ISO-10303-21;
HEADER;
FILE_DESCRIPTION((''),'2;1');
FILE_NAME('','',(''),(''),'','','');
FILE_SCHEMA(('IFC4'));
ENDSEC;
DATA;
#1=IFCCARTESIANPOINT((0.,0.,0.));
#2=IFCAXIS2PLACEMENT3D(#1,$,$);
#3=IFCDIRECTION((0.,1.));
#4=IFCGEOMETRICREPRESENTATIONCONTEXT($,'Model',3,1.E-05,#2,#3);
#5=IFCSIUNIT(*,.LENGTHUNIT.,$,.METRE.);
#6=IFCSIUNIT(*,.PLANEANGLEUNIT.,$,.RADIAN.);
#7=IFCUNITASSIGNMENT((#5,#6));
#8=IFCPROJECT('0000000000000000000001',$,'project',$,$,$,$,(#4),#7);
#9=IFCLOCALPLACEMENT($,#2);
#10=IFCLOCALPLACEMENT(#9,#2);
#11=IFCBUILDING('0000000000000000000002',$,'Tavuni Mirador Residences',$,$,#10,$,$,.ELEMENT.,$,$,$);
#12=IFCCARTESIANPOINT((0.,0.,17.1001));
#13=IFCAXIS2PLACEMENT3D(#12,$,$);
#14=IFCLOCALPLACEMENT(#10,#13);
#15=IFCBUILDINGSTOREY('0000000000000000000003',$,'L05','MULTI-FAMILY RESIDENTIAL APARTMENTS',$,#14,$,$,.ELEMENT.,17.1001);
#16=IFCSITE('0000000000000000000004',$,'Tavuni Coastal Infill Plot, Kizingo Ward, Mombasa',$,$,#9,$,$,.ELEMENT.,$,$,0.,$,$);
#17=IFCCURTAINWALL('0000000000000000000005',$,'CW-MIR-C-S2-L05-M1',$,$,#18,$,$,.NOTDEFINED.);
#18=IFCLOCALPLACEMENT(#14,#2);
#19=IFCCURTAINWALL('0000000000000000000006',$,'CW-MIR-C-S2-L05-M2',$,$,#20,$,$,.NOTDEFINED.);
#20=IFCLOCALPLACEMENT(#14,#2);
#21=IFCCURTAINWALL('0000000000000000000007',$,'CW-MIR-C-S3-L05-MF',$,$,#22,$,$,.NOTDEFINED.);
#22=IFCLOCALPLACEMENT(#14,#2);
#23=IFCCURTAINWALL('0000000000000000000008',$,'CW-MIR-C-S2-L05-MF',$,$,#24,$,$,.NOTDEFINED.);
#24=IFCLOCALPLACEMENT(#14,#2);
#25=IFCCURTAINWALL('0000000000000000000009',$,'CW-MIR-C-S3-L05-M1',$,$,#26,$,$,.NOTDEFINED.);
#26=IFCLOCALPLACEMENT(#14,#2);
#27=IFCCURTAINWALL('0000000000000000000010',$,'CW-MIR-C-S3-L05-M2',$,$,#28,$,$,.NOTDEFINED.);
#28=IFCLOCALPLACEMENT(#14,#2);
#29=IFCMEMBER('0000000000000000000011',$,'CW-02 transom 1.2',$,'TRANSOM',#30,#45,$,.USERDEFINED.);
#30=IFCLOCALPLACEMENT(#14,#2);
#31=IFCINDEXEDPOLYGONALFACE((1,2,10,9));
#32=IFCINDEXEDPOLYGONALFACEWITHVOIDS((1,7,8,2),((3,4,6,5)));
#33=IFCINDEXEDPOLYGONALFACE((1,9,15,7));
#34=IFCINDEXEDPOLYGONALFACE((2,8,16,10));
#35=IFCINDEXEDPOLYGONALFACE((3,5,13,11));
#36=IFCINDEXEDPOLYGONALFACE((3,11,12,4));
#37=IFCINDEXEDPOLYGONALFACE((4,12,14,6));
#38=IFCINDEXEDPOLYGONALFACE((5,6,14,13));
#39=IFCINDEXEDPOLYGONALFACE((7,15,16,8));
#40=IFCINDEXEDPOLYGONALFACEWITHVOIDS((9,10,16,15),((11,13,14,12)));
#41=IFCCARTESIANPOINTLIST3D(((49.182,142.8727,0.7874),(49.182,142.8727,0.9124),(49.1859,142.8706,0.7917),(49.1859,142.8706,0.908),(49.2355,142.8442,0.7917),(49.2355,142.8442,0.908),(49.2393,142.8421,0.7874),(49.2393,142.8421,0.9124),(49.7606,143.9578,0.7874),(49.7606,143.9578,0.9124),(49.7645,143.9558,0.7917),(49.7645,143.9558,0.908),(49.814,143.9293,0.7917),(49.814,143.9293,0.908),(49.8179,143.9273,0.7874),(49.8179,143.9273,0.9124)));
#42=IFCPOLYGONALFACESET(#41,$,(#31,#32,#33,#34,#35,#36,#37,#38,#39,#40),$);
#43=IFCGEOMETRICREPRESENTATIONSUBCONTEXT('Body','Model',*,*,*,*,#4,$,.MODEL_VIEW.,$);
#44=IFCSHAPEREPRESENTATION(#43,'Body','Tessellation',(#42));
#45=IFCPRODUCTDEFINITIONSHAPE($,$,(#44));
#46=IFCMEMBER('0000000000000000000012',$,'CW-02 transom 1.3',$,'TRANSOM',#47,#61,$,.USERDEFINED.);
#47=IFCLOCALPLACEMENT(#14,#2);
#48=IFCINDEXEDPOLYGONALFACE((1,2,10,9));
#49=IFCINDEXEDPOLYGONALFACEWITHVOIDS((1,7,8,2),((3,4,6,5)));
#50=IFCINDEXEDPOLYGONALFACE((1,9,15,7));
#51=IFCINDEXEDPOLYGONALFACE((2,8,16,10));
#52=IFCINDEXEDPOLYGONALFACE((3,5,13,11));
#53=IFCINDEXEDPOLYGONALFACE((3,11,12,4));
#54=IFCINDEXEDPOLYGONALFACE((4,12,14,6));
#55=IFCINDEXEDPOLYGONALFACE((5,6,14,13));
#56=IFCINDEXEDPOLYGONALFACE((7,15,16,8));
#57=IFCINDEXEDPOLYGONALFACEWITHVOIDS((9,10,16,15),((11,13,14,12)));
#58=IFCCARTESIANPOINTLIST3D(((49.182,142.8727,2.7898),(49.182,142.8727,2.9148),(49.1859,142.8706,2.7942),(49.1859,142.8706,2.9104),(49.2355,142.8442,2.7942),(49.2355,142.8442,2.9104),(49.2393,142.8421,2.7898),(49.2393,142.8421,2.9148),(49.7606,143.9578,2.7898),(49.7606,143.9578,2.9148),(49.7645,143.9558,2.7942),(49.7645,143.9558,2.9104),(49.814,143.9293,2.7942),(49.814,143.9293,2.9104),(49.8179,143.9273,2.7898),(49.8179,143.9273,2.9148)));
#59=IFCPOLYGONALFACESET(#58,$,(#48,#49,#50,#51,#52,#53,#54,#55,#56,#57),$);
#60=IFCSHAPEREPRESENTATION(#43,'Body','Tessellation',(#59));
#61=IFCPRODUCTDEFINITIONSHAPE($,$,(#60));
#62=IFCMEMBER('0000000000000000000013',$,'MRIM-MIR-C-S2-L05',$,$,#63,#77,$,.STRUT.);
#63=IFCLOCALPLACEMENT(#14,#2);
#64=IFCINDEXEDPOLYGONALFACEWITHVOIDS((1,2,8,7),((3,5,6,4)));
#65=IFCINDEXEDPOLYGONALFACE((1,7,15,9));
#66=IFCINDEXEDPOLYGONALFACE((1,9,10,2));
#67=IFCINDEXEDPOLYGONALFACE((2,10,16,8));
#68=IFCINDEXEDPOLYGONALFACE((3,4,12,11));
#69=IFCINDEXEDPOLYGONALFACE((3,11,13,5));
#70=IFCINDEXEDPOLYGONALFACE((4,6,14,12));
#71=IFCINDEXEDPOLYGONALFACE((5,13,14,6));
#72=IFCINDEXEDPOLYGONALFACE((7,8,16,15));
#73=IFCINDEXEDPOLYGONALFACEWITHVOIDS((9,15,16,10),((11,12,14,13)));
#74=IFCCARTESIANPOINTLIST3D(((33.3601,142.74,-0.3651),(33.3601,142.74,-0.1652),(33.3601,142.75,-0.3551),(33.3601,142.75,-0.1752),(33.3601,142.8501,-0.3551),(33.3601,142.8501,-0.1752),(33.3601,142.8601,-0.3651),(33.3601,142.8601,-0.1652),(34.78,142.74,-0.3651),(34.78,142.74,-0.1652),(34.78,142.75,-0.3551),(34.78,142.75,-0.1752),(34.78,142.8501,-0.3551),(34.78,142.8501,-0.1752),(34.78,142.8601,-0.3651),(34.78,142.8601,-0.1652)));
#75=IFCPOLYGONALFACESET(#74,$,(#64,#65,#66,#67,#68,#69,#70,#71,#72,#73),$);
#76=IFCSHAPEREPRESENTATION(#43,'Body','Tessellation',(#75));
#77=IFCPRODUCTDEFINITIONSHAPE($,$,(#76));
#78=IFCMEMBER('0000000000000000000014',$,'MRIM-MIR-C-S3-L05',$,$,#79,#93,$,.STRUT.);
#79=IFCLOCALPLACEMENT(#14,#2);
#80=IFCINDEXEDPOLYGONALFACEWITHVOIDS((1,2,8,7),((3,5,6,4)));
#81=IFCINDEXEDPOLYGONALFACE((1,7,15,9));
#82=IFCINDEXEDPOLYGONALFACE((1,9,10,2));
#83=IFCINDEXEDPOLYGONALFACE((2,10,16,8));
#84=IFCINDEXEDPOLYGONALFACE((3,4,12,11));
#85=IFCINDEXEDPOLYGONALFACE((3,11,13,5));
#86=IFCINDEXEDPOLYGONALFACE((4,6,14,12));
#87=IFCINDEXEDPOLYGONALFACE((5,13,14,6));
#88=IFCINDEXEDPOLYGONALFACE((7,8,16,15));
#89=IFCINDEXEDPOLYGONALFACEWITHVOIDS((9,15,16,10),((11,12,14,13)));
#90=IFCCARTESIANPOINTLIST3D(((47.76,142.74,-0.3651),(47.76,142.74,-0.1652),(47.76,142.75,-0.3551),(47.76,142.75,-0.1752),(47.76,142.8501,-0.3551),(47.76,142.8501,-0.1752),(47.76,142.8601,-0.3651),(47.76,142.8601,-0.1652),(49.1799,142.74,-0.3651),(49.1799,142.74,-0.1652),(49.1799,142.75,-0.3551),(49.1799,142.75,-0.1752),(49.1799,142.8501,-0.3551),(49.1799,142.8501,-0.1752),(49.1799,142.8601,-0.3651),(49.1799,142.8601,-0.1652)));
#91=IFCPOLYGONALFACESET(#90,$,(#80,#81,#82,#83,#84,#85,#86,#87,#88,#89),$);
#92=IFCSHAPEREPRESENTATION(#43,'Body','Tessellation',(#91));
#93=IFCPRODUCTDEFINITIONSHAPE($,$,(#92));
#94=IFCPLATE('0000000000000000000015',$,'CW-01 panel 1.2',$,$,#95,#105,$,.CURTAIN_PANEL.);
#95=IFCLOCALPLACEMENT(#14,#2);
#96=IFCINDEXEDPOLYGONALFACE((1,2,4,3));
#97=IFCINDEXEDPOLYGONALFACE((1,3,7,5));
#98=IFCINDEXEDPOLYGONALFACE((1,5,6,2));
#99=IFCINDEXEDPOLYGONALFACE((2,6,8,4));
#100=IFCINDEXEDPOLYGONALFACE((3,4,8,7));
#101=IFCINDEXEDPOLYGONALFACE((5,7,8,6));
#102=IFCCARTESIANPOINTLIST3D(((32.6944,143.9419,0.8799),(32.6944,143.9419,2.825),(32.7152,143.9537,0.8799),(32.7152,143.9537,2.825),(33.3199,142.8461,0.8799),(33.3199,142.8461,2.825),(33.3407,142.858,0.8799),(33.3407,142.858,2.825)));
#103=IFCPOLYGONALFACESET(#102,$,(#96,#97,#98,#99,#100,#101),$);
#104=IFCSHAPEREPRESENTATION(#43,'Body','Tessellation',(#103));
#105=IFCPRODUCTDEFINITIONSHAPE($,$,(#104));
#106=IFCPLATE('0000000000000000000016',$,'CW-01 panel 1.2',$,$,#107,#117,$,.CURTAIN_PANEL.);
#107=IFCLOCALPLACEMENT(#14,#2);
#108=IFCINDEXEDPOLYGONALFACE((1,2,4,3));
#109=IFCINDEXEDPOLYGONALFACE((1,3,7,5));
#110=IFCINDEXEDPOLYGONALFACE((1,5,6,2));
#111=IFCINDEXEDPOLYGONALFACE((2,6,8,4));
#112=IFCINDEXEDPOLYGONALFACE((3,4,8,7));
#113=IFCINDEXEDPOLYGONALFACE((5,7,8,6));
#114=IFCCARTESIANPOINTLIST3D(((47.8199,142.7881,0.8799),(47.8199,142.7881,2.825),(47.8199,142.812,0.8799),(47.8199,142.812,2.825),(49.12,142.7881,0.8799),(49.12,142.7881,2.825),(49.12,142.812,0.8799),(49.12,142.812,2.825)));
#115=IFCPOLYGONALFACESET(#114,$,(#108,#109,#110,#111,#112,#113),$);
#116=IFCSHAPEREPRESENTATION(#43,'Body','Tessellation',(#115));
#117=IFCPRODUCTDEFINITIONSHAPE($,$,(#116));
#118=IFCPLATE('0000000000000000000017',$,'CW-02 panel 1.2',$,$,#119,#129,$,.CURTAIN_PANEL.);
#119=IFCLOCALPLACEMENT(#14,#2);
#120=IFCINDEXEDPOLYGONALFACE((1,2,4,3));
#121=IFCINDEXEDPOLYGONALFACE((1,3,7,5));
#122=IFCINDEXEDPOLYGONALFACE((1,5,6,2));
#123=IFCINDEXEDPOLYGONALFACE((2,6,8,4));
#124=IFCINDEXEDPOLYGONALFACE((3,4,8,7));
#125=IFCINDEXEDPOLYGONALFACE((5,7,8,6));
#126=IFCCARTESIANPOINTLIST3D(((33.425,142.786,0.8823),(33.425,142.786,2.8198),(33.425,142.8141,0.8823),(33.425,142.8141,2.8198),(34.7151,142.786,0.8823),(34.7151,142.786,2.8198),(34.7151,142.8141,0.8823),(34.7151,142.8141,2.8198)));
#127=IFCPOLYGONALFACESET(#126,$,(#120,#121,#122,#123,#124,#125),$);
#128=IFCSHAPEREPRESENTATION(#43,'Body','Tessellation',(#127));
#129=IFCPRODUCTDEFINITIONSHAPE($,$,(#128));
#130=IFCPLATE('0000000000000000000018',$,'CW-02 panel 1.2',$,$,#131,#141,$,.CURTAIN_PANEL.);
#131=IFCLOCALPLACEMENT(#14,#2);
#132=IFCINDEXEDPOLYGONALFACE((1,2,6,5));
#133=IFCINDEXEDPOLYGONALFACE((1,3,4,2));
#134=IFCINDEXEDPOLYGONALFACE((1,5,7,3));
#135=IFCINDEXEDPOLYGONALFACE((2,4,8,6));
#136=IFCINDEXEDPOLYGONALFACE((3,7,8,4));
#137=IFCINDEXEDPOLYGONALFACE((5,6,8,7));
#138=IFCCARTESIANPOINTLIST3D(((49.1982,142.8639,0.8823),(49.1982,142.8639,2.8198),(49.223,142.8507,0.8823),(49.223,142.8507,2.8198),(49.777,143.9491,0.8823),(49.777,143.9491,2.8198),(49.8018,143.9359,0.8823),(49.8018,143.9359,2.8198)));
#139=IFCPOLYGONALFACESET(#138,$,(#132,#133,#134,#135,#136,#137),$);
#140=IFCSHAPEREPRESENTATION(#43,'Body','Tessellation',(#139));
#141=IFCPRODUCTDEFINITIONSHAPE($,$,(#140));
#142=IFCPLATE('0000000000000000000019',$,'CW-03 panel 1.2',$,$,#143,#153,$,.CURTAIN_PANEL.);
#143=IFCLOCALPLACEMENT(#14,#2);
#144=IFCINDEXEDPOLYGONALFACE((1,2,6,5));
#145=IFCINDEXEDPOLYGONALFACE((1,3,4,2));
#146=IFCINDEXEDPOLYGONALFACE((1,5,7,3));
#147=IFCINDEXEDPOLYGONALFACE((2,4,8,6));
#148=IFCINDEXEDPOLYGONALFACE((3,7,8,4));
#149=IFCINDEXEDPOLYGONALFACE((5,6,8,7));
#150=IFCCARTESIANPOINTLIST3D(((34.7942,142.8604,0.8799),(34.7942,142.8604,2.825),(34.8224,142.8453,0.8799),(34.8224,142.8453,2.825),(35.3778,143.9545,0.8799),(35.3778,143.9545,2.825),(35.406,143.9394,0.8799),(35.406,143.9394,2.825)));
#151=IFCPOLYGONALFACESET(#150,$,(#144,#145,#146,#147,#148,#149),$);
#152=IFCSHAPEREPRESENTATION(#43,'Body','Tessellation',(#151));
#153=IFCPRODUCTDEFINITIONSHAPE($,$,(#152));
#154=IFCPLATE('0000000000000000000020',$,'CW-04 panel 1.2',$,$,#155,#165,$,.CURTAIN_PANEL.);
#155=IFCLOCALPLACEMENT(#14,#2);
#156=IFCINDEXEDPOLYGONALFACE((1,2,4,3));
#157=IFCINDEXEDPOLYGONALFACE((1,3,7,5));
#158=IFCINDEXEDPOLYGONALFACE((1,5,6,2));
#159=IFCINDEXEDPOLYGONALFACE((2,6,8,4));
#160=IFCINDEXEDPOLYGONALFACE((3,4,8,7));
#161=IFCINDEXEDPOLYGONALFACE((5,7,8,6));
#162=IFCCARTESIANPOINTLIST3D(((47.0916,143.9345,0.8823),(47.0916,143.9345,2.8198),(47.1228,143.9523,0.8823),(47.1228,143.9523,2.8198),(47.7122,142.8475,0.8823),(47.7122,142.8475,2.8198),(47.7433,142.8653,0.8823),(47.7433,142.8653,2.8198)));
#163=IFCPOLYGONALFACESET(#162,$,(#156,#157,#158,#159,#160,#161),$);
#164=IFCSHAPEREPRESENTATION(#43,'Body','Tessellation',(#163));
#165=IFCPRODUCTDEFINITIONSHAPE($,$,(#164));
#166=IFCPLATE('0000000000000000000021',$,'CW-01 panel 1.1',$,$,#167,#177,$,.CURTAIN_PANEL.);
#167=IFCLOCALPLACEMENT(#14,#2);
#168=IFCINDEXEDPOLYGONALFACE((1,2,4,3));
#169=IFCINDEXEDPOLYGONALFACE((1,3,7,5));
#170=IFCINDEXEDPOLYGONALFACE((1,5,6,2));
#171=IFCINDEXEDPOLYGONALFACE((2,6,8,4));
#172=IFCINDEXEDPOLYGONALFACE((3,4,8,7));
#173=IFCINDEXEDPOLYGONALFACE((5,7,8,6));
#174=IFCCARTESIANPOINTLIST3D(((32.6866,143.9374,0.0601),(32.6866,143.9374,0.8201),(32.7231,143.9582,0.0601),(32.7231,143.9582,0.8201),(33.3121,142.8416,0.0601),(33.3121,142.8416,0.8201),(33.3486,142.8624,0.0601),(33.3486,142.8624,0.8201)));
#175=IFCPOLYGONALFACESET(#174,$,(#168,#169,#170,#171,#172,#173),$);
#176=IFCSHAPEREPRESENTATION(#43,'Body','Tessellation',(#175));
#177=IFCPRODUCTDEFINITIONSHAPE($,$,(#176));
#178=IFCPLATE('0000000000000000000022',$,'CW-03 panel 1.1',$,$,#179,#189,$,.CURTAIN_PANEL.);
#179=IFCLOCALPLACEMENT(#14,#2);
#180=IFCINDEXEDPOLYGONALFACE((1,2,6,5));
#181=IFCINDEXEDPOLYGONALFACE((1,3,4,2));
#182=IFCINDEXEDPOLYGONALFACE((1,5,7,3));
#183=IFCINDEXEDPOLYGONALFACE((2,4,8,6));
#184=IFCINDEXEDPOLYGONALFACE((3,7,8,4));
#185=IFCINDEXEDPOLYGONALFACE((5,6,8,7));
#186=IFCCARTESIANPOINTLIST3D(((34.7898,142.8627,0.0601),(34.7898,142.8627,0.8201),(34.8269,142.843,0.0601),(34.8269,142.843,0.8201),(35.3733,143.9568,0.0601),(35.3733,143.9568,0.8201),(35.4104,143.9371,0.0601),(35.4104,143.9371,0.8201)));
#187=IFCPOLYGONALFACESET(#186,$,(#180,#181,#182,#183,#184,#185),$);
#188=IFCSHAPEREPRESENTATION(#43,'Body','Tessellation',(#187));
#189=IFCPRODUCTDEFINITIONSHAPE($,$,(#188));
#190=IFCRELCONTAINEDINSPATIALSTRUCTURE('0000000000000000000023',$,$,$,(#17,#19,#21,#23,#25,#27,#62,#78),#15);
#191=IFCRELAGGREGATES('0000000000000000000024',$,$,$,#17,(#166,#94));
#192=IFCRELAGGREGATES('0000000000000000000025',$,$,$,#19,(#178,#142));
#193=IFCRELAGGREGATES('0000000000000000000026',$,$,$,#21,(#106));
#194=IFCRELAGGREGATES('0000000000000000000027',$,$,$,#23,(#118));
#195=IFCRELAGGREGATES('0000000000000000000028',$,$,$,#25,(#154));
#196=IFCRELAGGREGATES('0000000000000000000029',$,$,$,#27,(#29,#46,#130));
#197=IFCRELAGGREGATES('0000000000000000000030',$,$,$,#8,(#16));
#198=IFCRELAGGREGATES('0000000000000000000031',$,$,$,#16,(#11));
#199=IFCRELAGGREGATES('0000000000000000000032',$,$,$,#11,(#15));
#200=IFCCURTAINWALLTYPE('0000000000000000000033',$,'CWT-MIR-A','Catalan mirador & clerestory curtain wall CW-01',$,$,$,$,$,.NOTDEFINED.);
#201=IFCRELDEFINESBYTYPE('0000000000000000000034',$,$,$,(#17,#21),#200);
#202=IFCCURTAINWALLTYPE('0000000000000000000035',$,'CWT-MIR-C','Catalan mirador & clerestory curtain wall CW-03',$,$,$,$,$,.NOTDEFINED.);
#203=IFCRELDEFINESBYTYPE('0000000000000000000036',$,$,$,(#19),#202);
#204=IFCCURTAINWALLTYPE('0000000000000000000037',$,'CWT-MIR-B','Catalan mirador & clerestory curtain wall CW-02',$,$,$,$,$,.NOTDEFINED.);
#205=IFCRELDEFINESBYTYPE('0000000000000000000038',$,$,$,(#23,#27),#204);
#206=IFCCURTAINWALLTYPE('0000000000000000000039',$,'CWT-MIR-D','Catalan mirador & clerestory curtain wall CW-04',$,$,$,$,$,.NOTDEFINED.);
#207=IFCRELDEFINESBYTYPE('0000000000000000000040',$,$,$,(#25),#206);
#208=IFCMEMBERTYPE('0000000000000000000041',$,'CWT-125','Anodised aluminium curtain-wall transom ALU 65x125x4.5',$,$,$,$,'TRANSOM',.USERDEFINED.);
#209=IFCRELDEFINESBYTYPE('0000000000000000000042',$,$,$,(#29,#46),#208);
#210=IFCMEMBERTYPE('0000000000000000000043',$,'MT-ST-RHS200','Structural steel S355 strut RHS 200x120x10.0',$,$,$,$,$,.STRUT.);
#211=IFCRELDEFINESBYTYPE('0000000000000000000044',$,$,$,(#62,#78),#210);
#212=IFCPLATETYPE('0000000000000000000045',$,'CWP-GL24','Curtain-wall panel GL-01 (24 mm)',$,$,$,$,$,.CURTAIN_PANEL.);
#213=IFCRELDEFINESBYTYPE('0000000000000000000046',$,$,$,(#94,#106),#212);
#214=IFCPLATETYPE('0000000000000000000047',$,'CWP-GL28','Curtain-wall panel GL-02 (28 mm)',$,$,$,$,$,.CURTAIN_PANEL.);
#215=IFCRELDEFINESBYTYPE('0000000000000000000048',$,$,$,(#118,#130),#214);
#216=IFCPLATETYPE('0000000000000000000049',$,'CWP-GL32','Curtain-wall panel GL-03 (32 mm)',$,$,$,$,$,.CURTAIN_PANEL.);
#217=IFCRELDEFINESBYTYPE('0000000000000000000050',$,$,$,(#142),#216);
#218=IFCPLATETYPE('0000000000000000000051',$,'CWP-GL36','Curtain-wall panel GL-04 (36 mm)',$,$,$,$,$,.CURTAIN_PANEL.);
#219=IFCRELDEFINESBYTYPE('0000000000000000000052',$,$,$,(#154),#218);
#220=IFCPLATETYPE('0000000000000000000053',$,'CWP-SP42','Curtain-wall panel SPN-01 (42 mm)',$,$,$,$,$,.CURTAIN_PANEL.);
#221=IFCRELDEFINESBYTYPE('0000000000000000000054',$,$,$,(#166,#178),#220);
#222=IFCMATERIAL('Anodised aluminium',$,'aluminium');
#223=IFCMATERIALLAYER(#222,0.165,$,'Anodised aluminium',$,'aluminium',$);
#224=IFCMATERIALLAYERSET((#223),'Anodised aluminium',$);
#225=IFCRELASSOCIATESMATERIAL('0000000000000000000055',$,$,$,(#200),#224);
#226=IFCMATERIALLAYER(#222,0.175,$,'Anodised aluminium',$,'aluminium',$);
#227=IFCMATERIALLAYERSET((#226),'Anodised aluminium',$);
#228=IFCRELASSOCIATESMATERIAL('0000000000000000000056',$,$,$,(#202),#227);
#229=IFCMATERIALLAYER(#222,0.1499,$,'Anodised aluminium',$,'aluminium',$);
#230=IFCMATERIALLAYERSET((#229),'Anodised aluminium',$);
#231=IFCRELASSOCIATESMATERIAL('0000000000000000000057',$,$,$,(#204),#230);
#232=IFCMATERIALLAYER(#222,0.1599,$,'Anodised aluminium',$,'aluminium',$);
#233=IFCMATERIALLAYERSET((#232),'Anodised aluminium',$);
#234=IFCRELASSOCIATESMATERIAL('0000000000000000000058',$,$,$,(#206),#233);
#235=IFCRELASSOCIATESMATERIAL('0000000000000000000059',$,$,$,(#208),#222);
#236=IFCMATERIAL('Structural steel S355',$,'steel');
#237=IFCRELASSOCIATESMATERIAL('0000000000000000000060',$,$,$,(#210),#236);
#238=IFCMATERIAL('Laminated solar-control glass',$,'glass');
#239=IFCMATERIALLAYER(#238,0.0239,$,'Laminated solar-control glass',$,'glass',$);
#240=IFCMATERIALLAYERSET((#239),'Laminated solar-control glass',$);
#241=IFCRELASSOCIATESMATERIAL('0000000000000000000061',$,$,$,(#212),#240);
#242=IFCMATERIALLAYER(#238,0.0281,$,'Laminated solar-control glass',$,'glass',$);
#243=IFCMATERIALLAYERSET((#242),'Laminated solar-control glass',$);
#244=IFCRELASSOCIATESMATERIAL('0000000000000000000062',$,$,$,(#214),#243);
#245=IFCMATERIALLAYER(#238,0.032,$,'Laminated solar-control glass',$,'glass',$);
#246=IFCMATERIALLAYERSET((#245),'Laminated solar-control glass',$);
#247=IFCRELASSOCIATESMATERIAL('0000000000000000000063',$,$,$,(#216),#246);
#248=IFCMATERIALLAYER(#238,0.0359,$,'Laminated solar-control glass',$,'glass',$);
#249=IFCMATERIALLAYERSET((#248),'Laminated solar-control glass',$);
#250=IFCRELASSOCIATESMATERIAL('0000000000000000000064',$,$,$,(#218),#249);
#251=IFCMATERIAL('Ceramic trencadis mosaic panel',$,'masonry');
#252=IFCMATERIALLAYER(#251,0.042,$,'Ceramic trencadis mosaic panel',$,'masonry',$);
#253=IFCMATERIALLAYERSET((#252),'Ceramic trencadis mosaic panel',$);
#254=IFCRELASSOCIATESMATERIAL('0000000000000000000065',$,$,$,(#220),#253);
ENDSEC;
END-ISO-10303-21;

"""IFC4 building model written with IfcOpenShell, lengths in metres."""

from ifc_helpers import new_model, si_unit, direction, frame, origin, origin_2d, place, context, subcontext, project, spatial, rectangle, hollow_rectangle, extrude, material, layer, layer_set, material_profile, profile_set, type_object, element, aggregate, save


model = new_model("IFC4")

# Units and contexts
model_context = context("Model", 3, precision=1e-05, world=origin(), true_north=direction((0.0, 1.0)))
body_context = subcontext(model_context, "Body", "Model", "MODEL_VIEW")
ifc_project = project(units=[si_unit("LENGTHUNIT", "METRE"), si_unit("PLANEANGLEUNIT", "RADIAN")], contexts=[model_context])

# Site, building, storey
site_placement = place(None, origin())
site = spatial("IfcSite", under=ifc_project, at=site_placement, Name="Tavuni Coastal Infill Plot, Kizingo Ward, Mombasa", CompositionType="ELEMENT", RefElevation=0.0)
building_placement = place(site_placement, origin())
building = spatial("IfcBuilding", under=site, at=building_placement, Name="Tavuni Mirador Residences", CompositionType="ELEMENT")
storey_placement = place(building_placement, frame((0.0, 0.0, 17.1001)))
storey = spatial("IfcBuildingStorey", under=building, at=storey_placement, Name="L05", Description="MULTI-FAMILY RESIDENTIAL APARTMENTS", CompositionType="ELEMENT", Elevation=17.1001)

# Curtain walls
ifc_material_1 = material(Name="Anodised aluminium", Category="aluminium")
ifc_layer_1 = layer(ifc_material_1, 0.165, Name="Anodised aluminium", Category="aluminium")
ifc_layer_set_1 = layer_set([ifc_layer_1], Name="Anodised aluminium")
curtain_wall_type_1 = type_object("IfcCurtainWallType", Name="CWT-MIR-A", Description="Catalan mirador & clerestory curtain wall CW-01", PredefinedType="NOTDEFINED", material=ifc_layer_set_1)
curtain_wall_1_placement = place(storey_placement, origin())
curtain_wall_1 = element("IfcCurtainWall", 1, at=curtain_wall_1_placement, inside=storey, type_object=curtain_wall_type_1, Name="CW-MIR-C-S2-L05-M1", PredefinedType="NOTDEFINED")
ifc_layer_2 = layer(ifc_material_1, 0.175, Name="Anodised aluminium", Category="aluminium")
ifc_layer_set_2 = layer_set([ifc_layer_2], Name="Anodised aluminium")
curtain_wall_type_2 = type_object("IfcCurtainWallType", Name="CWT-MIR-C", Description="Catalan mirador & clerestory curtain wall CW-03", PredefinedType="NOTDEFINED", material=ifc_layer_set_2)
curtain_wall_2_placement = place(storey_placement, origin())
curtain_wall_2 = element("IfcCurtainWall", 2, at=curtain_wall_2_placement, inside=storey, type_object=curtain_wall_type_2, Name="CW-MIR-C-S2-L05-M2", PredefinedType="NOTDEFINED")

# Curtain walls
curtain_wall_3_placement = place(storey_placement, origin())
curtain_wall_3 = element("IfcCurtainWall", 3, at=curtain_wall_3_placement, inside=storey, type_object=curtain_wall_type_1, Name="CW-MIR-C-S3-L05-MF", PredefinedType="NOTDEFINED")
ifc_layer_3 = layer(ifc_material_1, 0.1499, Name="Anodised aluminium", Category="aluminium")
ifc_layer_set_3 = layer_set([ifc_layer_3], Name="Anodised aluminium")
curtain_wall_type_3 = type_object("IfcCurtainWallType", Name="CWT-MIR-B", Description="Catalan mirador & clerestory curtain wall CW-02", PredefinedType="NOTDEFINED", material=ifc_layer_set_3)
curtain_wall_4_placement = place(storey_placement, origin())
curtain_wall_4 = element("IfcCurtainWall", 4, at=curtain_wall_4_placement, inside=storey, type_object=curtain_wall_type_3, Name="CW-MIR-C-S2-L05-MF", PredefinedType="NOTDEFINED")

# Curtain wall
ifc_layer_4 = layer(ifc_material_1, 0.1599, Name="Anodised aluminium", Category="aluminium")
ifc_layer_set_4 = layer_set([ifc_layer_4], Name="Anodised aluminium")
curtain_wall_type_4 = type_object("IfcCurtainWallType", Name="CWT-MIR-D", Description="Catalan mirador & clerestory curtain wall CW-04", PredefinedType="NOTDEFINED", material=ifc_layer_set_4)
curtain_wall_5_placement = place(storey_placement, origin())
curtain_wall_5 = element("IfcCurtainWall", 5, at=curtain_wall_5_placement, inside=storey, type_object=curtain_wall_type_4, Name="CW-MIR-C-S3-L05-M1", PredefinedType="NOTDEFINED")

# Curtain wall
curtain_wall_6_placement = place(storey_placement, origin())
curtain_wall_6 = element("IfcCurtainWall", 6, at=curtain_wall_6_placement, inside=storey, type_object=curtain_wall_type_3, Name="CW-MIR-C-S3-L05-M2", PredefinedType="NOTDEFINED")

# Members
ifc_material_profile_1 = material_profile(ifc_material_1, hollow_rectangle(XDim=0.0649, YDim=0.125, WallThickness=0.0044, at=origin_2d()), Name="ALU 65x125x4.5", Category="aluminium")
ifc_profile_set_1 = profile_set([ifc_material_profile_1], Name="Anodised aluminium")
member_type_1 = type_object("IfcMemberType", Name="CWT-125", Description="Anodised aluminium curtain-wall transom ALU 65x125x4.5", ElementType="TRANSOM", PredefinedType="USERDEFINED", material=ifc_profile_set_1)
member_1_placement = place(storey_placement, frame((49.2107, 142.8574, 0.8499), z_axis=(0.470485, 0.882408, 0.0), x_axis=(-0.882408, 0.470485, 0.0)))
member_1 = element("IfcMember", 7, at=member_1_placement, type_object=member_type_1, Name="CW-02 transom 1.2", ObjectType="TRANSOM", PredefinedType="USERDEFINED", context=body_context, shape_type="SweptSolid", body=[
    extrude(hollow_rectangle(XDim=0.0649, YDim=0.125, WallThickness=0.0044, at=origin_2d()), origin(), (0.0, 0.0, 1.0), 1.2297),
])
member_2_placement = place(storey_placement, frame((49.2107, 142.8574, 2.8523), z_axis=(0.470485, 0.882408, 0.0), x_axis=(-0.882408, 0.470485, 0.0)))
member_2 = element("IfcMember", 8, at=member_2_placement, type_object=member_type_1, Name="CW-02 transom 1.3", ObjectType="TRANSOM", PredefinedType="USERDEFINED", context=body_context, shape_type="SweptSolid", body=[
    extrude(hollow_rectangle(XDim=0.0649, YDim=0.125, WallThickness=0.0044, at=origin_2d()), origin(), (0.0, 0.0, 1.0), 1.2297),
])

# Members
ifc_material_2 = material(Name="Structural steel S355", Category="steel")
ifc_material_profile_2 = material_profile(ifc_material_2, hollow_rectangle(XDim=0.1201, YDim=0.2, WallThickness=0.01, at=origin_2d()), Name="RHS 200x120x10.0", Category="steel")
ifc_profile_set_2 = profile_set([ifc_material_profile_2], Name="Structural steel S355")
member_type_2 = type_object("IfcMemberType", Name="MT-ST-RHS200", Description="Structural steel S355 strut RHS 200x120x10.0", PredefinedType="STRUT", material=ifc_profile_set_2)
for number, where, z_axis, x_axis, name in (
    (9, (33.3601, 142.8, -0.2651), (1.0, 0.0, 0.0), (0.0, 1.0, 0.0), "MRIM-MIR-C-S2-L05"),
    (10, (47.76, 142.8, -0.2651), (1.0, 0.0, 0.0), (0.0, 1.0, 0.0), "MRIM-MIR-C-S3-L05"),
):
    element("IfcMember", number, at=place(storey_placement, frame(where, z_axis=z_axis, x_axis=x_axis)), inside=storey, type_object=member_type_2, Name=name, PredefinedType="STRUT", context=body_context, shape_type="SweptSolid", body=[
        extrude(hollow_rectangle(XDim=0.1201, YDim=0.2, WallThickness=0.01, at=origin_2d()), origin(), (0.0, 0.0, 1.0), 1.4199),
    ])

# Plates
ifc_material_3 = material(Name="Laminated solar-control glass", Category="glass")
ifc_layer_5 = layer(ifc_material_3, 0.0239, Name="Laminated solar-control glass", Category="glass")
ifc_layer_set_5 = layer_set([ifc_layer_5], Name="Laminated solar-control glass")
plate_type_1 = type_object("IfcPlateType", Name="CWP-GL24", Description="Curtain-wall panel GL-01 (24 mm)", PredefinedType="CURTAIN_PANEL", material=ifc_layer_set_5)
plate_1_placement = place(storey_placement, frame((33.0176, 143.3999, 0.8799), z_axis=(0.0, 0.0, 1.0), x_axis=(0.495749, -0.868466, 0.0)))
plate_1 = element("IfcPlate", 11, at=plate_1_placement, type_object=plate_type_1, Name="CW-01 panel 1.2", PredefinedType="CURTAIN_PANEL", context=body_context, shape_type="SweptSolid", body=[
    extrude(rectangle(XDim=1.2617, YDim=0.0239, at=origin_2d()), origin(), (0.0, 0.0, 1.0), 1.9451),
])
plate_2_placement = place(storey_placement, frame((48.47, 142.8, 0.8799), z_axis=(0.0, 0.0, 1.0), x_axis=(1.0, 0.0, 0.0)))
plate_2 = element("IfcPlate", 12, at=plate_2_placement, type_object=plate_type_1, Name="CW-01 panel 1.2", PredefinedType="CURTAIN_PANEL", context=body_context, shape_type="SweptSolid", body=[
    extrude(rectangle(XDim=1.3, YDim=0.0239, at=origin_2d()), origin(), (0.0, 0.0, 1.0), 1.9451),
])
ifc_layer_6 = layer(ifc_material_3, 0.0281, Name="Laminated solar-control glass", Category="glass")
ifc_layer_set_6 = layer_set([ifc_layer_6], Name="Laminated solar-control glass")
plate_type_2 = type_object("IfcPlateType", Name="CWP-GL28", Description="Curtain-wall panel GL-02 (28 mm)", PredefinedType="CURTAIN_PANEL", material=ifc_layer_set_6)
plate_3_placement = place(storey_placement, frame((34.0701, 142.8, 0.8823), z_axis=(0.0, 0.0, 1.0), x_axis=(1.0, 0.0, 0.0)))
plate_3 = element("IfcPlate", 13, at=plate_3_placement, type_object=plate_type_2, Name="CW-02 panel 1.2", PredefinedType="CURTAIN_PANEL", context=body_context, shape_type="SweptSolid", body=[
    extrude(rectangle(XDim=1.29, YDim=0.0281, at=origin_2d()), origin(), (0.0, 0.0, 1.0), 1.9375),
])
plate_4_placement = place(storey_placement, frame((49.5, 143.3999, 0.8823), z_axis=(0.0, 0.0, 1.0), x_axis=(0.470588, 0.882353, 0.0)))
plate_4 = element("IfcPlate", 14, at=plate_4_placement, type_object=plate_type_2, Name="CW-02 panel 1.2", PredefinedType="CURTAIN_PANEL", context=body_context, shape_type="SweptSolid", body=[
    extrude(rectangle(XDim=1.23, YDim=0.0281, at=origin_2d()), origin(), (0.0, 0.0, 1.0), 1.9375),
])
ifc_layer_7 = layer(ifc_material_3, 0.032, Name="Laminated solar-control glass", Category="glass")
ifc_layer_set_7 = layer_set([ifc_layer_7], Name="Laminated solar-control glass")
plate_type_3 = type_object("IfcPlateType", Name="CWP-GL32", Description="Curtain-wall panel GL-03 (32 mm)", PredefinedType="CURTAIN_PANEL", material=ifc_layer_set_7)
plate_5_placement = place(storey_placement, frame((35.1001, 143.3999, 0.8799), z_axis=(0.0, 0.0, 1.0), x_axis=(0.470588, 0.882353, 0.0)))
plate_5 = element("IfcPlate", 15, at=plate_5_placement, type_object=plate_type_3, Name="CW-03 panel 1.2", PredefinedType="CURTAIN_PANEL", context=body_context, shape_type="SweptSolid", body=[
    extrude(rectangle(XDim=1.24, YDim=0.032, at=origin_2d()), origin(), (0.0, 0.0, 1.0), 1.9451),
])
ifc_layer_8 = layer(ifc_material_3, 0.0359, Name="Laminated solar-control glass", Category="glass")
ifc_layer_set_8 = layer_set([ifc_layer_8], Name="Laminated solar-control glass")
plate_type_4 = type_object("IfcPlateType", Name="CWP-GL36", Description="Curtain-wall panel GL-04 (36 mm)", PredefinedType="CURTAIN_PANEL", material=ifc_layer_set_8)
plate_6_placement = place(storey_placement, frame((47.4175, 143.3999, 0.8823), z_axis=(0.0, 0.0, 1.0), x_axis=(0.495749, -0.868466, 0.0)))
plate_6 = element("IfcPlate", 16, at=plate_6_placement, type_object=plate_type_4, Name="CW-04 panel 1.2", PredefinedType="CURTAIN_PANEL", context=body_context, shape_type="SweptSolid", body=[
    extrude(rectangle(XDim=1.2517, YDim=0.0359, at=origin_2d()), origin(), (0.0, 0.0, 1.0), 1.9375),
])
ifc_material_4 = material(Name="Ceramic trencadis mosaic panel", Category="masonry")
ifc_layer_9 = layer(ifc_material_4, 0.042, Name="Ceramic trencadis mosaic panel", Category="masonry")
ifc_layer_set_9 = layer_set([ifc_layer_9], Name="Ceramic trencadis mosaic panel")
plate_type_5 = type_object("IfcPlateType", Name="CWP-SP42", Description="Curtain-wall panel SPN-01 (42 mm)", PredefinedType="CURTAIN_PANEL", material=ifc_layer_set_9)
plate_7_placement = place(storey_placement, frame((33.0176, 143.3999, 0.0601), z_axis=(0.0, 0.0, 1.0), x_axis=(0.495749, -0.868466, 0.0)))
plate_7 = element("IfcPlate", 17, at=plate_7_placement, type_object=plate_type_5, Name="CW-01 panel 1.1", PredefinedType="CURTAIN_PANEL", context=body_context, shape_type="SweptSolid", body=[
    extrude(rectangle(XDim=1.2617, YDim=0.042, at=origin_2d()), origin(), (0.0, 0.0, 1.0), 0.76),
])
aggregate(curtain_wall_1, [plate_7, plate_1])
plate_8_placement = place(storey_placement, frame((35.1001, 143.3999, 0.0601), z_axis=(0.0, 0.0, 1.0), x_axis=(0.470588, 0.882353, 0.0)))
plate_8 = element("IfcPlate", 18, at=plate_8_placement, type_object=plate_type_5, Name="CW-03 panel 1.1", PredefinedType="CURTAIN_PANEL", context=body_context, shape_type="SweptSolid", body=[
    extrude(rectangle(XDim=1.24, YDim=0.042, at=origin_2d()), origin(), (0.0, 0.0, 1.0), 0.76),
])
aggregate(curtain_wall_2, [plate_8, plate_5])
aggregate(curtain_wall_3, [plate_2])
aggregate(curtain_wall_4, [plate_3])
aggregate(curtain_wall_5, [plate_6])
aggregate(curtain_wall_6, [member_1, member_2, plate_4])

save(model, "model.ifc")
